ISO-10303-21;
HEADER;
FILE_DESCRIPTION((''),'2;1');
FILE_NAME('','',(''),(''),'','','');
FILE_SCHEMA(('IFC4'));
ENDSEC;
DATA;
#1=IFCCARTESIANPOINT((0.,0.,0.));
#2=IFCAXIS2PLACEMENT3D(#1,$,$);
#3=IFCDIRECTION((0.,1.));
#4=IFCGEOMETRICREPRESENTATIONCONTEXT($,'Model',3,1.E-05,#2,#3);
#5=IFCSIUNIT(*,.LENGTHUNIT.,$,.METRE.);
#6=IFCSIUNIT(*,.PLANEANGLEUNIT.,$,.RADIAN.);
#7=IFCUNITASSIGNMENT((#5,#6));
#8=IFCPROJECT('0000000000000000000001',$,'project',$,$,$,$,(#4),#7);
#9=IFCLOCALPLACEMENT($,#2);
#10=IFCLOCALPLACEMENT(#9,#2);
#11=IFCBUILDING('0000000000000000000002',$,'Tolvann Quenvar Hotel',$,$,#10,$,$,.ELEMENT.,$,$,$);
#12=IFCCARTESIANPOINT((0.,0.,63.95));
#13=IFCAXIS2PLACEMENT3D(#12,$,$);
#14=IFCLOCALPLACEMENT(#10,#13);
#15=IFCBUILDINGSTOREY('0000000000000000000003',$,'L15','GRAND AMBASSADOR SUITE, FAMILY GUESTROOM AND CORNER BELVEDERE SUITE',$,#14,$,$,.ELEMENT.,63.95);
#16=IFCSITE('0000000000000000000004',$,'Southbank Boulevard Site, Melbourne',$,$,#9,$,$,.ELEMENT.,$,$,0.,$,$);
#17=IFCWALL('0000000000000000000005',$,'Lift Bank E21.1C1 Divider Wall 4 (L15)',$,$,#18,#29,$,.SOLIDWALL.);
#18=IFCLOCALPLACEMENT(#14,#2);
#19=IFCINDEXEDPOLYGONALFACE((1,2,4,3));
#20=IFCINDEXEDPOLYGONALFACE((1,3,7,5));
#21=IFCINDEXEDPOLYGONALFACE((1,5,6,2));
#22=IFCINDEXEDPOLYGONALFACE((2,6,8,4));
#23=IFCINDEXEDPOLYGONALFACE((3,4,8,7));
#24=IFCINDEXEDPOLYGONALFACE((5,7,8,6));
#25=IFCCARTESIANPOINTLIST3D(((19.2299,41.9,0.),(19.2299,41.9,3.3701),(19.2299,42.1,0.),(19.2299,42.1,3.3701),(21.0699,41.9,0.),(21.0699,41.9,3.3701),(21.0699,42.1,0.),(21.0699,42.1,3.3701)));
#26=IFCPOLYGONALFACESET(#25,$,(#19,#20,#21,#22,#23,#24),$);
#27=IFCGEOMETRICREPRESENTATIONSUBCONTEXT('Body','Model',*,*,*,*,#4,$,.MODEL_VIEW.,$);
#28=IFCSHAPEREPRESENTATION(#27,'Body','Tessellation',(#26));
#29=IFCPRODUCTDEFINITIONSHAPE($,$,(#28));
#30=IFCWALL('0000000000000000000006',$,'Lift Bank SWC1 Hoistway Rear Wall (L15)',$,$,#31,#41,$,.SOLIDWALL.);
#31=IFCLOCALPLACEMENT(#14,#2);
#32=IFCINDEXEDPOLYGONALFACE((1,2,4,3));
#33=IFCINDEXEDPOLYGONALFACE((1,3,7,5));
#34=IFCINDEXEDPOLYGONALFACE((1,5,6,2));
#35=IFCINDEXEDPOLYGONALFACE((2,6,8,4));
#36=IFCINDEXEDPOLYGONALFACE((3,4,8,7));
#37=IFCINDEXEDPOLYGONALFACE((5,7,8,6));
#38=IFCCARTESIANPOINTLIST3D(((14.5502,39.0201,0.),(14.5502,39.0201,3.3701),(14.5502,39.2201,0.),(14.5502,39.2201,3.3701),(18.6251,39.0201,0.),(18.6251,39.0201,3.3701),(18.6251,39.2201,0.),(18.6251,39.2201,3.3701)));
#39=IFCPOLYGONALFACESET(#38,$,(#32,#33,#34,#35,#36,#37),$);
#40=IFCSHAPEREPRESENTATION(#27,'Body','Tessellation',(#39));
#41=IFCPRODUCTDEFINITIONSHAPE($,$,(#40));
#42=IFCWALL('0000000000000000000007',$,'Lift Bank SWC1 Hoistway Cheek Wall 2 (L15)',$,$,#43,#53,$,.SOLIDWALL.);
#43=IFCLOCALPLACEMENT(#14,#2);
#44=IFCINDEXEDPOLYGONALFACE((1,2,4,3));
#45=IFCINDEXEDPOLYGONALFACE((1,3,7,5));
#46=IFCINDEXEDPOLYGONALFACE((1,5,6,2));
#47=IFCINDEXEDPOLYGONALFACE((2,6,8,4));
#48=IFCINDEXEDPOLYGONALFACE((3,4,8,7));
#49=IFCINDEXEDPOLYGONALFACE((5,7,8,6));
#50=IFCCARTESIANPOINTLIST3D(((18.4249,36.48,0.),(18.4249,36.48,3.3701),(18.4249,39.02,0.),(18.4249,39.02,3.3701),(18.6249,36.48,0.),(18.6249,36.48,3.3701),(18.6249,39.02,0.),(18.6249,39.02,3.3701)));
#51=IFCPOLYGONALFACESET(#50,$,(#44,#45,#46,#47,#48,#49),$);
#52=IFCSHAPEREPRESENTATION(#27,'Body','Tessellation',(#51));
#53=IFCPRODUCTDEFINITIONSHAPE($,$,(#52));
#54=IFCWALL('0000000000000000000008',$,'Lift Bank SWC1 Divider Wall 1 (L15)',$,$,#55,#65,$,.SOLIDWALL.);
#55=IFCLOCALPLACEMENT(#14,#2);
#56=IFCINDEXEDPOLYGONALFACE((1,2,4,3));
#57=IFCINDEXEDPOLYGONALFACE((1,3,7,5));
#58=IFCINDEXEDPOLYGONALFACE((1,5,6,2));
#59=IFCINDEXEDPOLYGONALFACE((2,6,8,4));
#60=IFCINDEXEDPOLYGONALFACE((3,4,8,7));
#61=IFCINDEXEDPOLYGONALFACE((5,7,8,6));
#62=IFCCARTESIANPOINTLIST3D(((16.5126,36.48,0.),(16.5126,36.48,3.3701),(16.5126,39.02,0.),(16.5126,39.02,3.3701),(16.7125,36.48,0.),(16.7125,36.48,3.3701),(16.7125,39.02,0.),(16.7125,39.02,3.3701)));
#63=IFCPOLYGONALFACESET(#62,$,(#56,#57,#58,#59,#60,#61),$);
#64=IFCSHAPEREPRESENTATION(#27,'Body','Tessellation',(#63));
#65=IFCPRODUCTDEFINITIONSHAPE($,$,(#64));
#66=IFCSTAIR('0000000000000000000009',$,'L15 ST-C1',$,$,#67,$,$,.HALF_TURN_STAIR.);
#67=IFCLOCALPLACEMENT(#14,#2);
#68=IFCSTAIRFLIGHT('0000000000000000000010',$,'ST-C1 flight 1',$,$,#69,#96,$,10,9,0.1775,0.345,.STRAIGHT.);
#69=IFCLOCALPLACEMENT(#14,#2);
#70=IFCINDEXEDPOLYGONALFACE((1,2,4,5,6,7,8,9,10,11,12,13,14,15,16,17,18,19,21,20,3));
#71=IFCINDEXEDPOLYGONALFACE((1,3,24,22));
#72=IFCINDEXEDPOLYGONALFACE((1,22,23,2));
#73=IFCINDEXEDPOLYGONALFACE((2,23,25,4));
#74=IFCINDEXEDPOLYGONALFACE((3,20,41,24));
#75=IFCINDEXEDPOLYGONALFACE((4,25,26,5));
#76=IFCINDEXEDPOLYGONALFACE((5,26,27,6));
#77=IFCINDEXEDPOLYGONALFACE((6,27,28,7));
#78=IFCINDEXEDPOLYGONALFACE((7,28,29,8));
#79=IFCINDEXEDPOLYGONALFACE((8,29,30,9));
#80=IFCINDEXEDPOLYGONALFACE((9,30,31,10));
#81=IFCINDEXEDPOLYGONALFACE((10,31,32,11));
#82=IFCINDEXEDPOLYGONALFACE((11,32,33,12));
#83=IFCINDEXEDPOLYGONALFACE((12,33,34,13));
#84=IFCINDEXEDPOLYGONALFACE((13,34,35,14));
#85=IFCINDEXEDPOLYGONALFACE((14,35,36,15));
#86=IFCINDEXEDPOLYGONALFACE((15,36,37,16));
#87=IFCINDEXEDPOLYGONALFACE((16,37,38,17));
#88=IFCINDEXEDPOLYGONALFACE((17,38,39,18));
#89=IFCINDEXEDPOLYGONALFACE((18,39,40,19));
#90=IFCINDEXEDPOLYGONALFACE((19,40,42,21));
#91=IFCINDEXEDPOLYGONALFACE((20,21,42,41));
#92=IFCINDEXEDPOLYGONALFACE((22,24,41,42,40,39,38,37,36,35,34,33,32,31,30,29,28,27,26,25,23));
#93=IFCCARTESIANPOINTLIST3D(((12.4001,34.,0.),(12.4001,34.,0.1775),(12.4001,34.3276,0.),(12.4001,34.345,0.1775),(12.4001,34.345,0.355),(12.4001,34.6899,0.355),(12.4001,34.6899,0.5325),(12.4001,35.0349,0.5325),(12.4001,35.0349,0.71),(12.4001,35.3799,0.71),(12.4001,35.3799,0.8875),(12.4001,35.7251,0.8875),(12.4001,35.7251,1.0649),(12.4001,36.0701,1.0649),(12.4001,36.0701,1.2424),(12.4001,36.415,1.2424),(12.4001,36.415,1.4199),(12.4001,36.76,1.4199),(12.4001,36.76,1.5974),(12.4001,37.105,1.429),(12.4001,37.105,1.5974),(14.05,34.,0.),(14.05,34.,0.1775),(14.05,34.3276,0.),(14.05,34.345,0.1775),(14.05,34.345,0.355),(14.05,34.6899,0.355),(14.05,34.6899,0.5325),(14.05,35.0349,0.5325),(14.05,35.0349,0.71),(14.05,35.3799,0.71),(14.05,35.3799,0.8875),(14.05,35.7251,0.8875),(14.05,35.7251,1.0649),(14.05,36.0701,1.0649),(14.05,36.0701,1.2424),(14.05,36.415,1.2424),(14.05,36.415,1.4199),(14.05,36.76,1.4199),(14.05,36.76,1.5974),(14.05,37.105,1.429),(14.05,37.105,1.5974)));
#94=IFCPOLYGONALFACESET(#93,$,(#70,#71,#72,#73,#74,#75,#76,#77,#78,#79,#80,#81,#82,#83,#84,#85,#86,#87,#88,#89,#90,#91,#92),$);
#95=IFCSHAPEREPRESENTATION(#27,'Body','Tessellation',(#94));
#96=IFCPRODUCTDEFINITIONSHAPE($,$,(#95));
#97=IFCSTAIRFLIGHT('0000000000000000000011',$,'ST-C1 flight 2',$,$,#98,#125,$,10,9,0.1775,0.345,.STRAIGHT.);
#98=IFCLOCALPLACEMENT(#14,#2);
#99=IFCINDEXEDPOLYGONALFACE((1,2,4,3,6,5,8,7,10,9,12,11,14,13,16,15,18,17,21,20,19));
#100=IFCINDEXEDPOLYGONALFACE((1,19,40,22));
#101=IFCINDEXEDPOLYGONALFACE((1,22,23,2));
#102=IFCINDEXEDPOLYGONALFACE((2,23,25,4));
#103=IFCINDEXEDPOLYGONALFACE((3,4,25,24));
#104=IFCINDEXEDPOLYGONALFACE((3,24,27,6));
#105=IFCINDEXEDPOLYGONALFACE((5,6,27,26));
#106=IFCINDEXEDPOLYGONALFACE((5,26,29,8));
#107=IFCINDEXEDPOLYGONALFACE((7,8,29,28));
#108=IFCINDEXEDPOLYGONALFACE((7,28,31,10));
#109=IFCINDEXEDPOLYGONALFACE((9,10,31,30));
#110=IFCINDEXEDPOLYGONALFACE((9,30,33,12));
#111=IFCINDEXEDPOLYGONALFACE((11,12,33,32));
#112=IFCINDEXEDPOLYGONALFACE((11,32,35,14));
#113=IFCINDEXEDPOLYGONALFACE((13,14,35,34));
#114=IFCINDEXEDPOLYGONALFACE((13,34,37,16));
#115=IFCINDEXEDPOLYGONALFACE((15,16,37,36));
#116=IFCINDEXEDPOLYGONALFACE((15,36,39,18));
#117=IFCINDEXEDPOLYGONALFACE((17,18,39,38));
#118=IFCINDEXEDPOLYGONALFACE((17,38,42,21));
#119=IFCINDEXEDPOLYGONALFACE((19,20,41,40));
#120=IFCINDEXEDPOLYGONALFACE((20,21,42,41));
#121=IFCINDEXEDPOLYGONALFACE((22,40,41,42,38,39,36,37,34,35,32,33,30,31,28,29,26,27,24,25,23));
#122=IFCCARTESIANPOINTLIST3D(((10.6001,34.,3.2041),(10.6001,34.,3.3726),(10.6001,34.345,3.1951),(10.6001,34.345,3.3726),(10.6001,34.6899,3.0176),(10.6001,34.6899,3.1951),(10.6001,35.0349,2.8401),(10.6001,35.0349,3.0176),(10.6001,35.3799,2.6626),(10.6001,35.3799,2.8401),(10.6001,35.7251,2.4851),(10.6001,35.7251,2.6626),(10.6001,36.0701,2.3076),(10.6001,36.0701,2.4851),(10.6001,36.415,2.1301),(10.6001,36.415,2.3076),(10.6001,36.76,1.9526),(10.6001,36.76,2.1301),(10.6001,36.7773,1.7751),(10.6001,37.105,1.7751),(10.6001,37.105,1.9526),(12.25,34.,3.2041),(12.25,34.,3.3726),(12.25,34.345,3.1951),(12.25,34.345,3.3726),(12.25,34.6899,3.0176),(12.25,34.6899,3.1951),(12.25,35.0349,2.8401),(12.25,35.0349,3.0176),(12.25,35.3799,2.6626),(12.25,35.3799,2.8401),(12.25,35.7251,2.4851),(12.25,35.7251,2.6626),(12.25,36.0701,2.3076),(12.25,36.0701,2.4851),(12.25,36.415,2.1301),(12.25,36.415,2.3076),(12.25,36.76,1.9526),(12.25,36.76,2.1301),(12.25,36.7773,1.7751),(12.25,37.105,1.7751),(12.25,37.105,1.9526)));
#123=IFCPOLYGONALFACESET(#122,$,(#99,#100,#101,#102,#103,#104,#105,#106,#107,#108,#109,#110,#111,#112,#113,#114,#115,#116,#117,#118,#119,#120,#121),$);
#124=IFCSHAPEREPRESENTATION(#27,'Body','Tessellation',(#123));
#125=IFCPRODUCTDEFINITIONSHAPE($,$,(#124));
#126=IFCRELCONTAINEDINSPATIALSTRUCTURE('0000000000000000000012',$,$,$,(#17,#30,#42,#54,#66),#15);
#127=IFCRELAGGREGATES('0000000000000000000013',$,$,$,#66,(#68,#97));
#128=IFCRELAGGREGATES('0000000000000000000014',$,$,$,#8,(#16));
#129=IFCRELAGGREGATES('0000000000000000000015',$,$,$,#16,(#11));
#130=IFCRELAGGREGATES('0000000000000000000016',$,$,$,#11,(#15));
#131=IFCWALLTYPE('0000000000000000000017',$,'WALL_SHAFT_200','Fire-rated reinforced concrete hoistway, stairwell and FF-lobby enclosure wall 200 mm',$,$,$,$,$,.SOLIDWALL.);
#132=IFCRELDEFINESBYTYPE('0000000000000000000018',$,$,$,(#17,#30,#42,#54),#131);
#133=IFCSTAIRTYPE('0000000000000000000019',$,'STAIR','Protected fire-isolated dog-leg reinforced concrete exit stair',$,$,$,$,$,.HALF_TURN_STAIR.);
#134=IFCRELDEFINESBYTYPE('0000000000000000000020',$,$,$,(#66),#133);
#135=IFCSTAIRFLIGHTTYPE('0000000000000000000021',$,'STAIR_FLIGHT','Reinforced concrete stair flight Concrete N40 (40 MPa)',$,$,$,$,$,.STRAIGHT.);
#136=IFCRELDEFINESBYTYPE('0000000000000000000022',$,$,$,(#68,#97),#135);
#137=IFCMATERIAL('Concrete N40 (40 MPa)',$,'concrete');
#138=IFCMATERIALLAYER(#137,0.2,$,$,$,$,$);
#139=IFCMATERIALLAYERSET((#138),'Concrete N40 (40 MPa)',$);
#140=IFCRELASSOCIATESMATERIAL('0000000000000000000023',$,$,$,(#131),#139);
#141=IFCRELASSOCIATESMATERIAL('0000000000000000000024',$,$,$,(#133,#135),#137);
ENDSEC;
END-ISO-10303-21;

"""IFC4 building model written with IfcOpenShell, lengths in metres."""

from ifc_helpers import new_model, si_unit, direction, frame, frame_2d, origin, place, context, subcontext, project, spatial, polyline, rectangle, outline, extrude, material, layer, layer_set, type_object, element, aggregate, save


model = new_model("IFC4")

# Units and contexts
model_context = context("Model", 3, precision=1e-05, world=origin(), true_north=direction((0.0, 1.0)))
body_context = subcontext(model_context, "Body", "Model", "MODEL_VIEW")
ifc_project = project(units=[si_unit("LENGTHUNIT", "METRE"), si_unit("PLANEANGLEUNIT", "RADIAN")], contexts=[model_context])

# Site, building, storey
site_placement = place(None, origin())
site = spatial("IfcSite", under=ifc_project, at=site_placement, Name="Southbank Boulevard Site, Melbourne", CompositionType="ELEMENT", RefElevation=0.0)
building_placement = place(site_placement, origin())
building = spatial("IfcBuilding", under=site, at=building_placement, Name="Tolvann Quenvar Hotel", CompositionType="ELEMENT")
storey_placement = place(building_placement, frame((0.0, 0.0, 63.95)))
storey = spatial("IfcBuildingStorey", under=building, at=storey_placement, Name="L15", Description="GRAND AMBASSADOR SUITE, FAMILY GUESTROOM AND CORNER BELVEDERE SUITE", CompositionType="ELEMENT", Elevation=63.95)

# Wall
ifc_material_1 = material(Name="Concrete N40 (40 MPa)", Category="concrete")
ifc_layer_1 = layer(ifc_material_1, 0.2)
ifc_layer_set_1 = layer_set([ifc_layer_1], Name="Concrete N40 (40 MPa)")
wall_type_1 = type_object("IfcWallType", Name="WALL_SHAFT_200", Description="Fire-rated reinforced concrete hoistway, stairwell and FF-lobby enclosure wall 200 mm", PredefinedType="SOLIDWALL", material=ifc_layer_set_1)
for number, where, z_axis, x_axis, name in (
    (1, (19.23, 42.0, 0.0), (0.0, 0.0, 1.0), (1.0, 0.0, 0.0), "Lift Bank E21.1C1 Divider Wall 4 (L15)"),
):
    element("IfcWall", number, at=place(storey_placement, frame(where, z_axis=z_axis, x_axis=x_axis)), inside=storey, type_object=wall_type_1, Name=name, PredefinedType="SOLIDWALL", context=body_context, shape_type="SweptSolid", body=[
        extrude(rectangle(XDim=1.8401, YDim=0.2, at=frame_2d((0.9199, 0.0))), origin(), (0.0, 0.0, 1.0), 3.3701),
    ])

# Walls
wall_1_placement = place(storey_placement, frame((14.55, 39.1201, 0.0), z_axis=(0.0, 0.0, 1.0), x_axis=(1.0, 0.0, 0.0)))
element("IfcWall", 2, at=wall_1_placement, inside=storey, type_object=wall_type_1, Name="Lift Bank SWC1 Hoistway Rear Wall (L15)", PredefinedType="SOLIDWALL", context=body_context, shape_type="SweptSolid", body=[
    extrude(rectangle(XDim=4.075, YDim=0.2, at=frame_2d((2.0376, 0.0))), origin(), (0.0, 0.0, 1.0), 3.3701),
])
for number, where, z_axis, x_axis, name in (
    (3, (18.5249, 36.48, 0.0), (0.0, 0.0, 1.0), (0.0, 1.0, 0.0), "Lift Bank SWC1 Hoistway Cheek Wall 2 (L15)"),
    (4, (16.6125, 36.48, 0.0), (0.0, 0.0, 1.0), (0.0, 1.0, 0.0), "Lift Bank SWC1 Divider Wall 1 (L15)"),
):
    element("IfcWall", number, at=place(storey_placement, frame(where, z_axis=z_axis, x_axis=x_axis)), inside=storey, type_object=wall_type_1, Name=name, PredefinedType="SOLIDWALL", context=body_context, shape_type="SweptSolid", body=[
        extrude(rectangle(XDim=2.54, YDim=0.2, at=frame_2d((1.27, 0.0))), origin(), (0.0, 0.0, 1.0), 3.3701),
    ])

# Stair, stair flights
stair_type = type_object("IfcStairType", Name="STAIR", Description="Protected fire-isolated dog-leg reinforced concrete exit stair", PredefinedType="HALF_TURN_STAIR", material=ifc_material_1)
stair_placement = place(storey_placement, origin())
stair = element("IfcStair", 5, at=stair_placement, inside=storey, type_object=stair_type, Name="L15 ST-C1", PredefinedType="HALF_TURN_STAIR")
stair_flight_type = type_object("IfcStairFlightType", Name="STAIR_FLIGHT", Description="Reinforced concrete stair flight Concrete N40 (40 MPa)", PredefinedType="STRAIGHT", material=ifc_material_1)
stair_flight_1_placement = place(storey_placement, frame((13.2251, 34.0, 0.0), z_axis=(0.0, 0.0, 1.0), x_axis=(0.0, 1.0, 0.0)))
stair_flight_1 = element("IfcStairFlight", 6, at=stair_flight_1_placement, type_object=stair_flight_type, Name="ST-C1 flight 1", NumberOfRisers=10, NumberOfTreads=9, PredefinedType="STRAIGHT", RiserHeight=0.1775, TreadLength=0.345, context=body_context, shape_type="SweptSolid", body=[
    extrude(outline(polyline([(0.0, 0.0), (0.0, 0.1775), (0.345, 0.1775), (0.345, 0.355), (0.6899, 0.355), (0.6899, 0.5325), (1.0349, 0.5325), (1.0349, 0.71), (1.3799, 0.71), (1.3799, 0.8875), (1.7251, 0.8875), (1.7251, 1.0649), (2.0701, 1.0649), (2.0701, 1.2424), (2.415, 1.2424), (2.415, 1.4199), (2.76, 1.4199), (2.76, 1.5974), (3.105, 1.5974), (3.105, 1.7749), (3.105, 1.429), (0.3276, 0.0), (0.0, 0.0)])), frame((0.0, 0.825, 0.0), z_axis=(0.0, -1.0, 0.0), x_axis=(1.0, 0.0, 0.0)), (0.0, 0.0, 1.0), 1.6499),
])
stair_flight_2_placement = place(storey_placement, frame((11.425, 37.105, 1.7751), z_axis=(0.0, 0.0, 1.0), x_axis=(0.0, -1.0, 0.0)))
stair_flight_2 = element("IfcStairFlight", 7, at=stair_flight_2_placement, type_object=stair_flight_type, Name="ST-C1 flight 2", NumberOfRisers=10, NumberOfTreads=9, PredefinedType="STRAIGHT", RiserHeight=0.1775, TreadLength=0.345, context=body_context, shape_type="SweptSolid", body=[
    extrude(outline(polyline([(0.0, 0.0), (0.0, 0.1775), (0.345, 0.1775), (0.345, 0.355), (0.6899, 0.355), (0.6899, 0.5325), (1.0349, 0.5325), (1.0349, 0.71), (1.3799, 0.71), (1.3799, 0.8875), (1.7251, 0.8875), (1.7251, 1.0649), (2.0701, 1.0649), (2.0701, 1.2424), (2.415, 1.2424), (2.415, 1.4199), (2.76, 1.4199), (2.76, 1.5974), (3.105, 1.5974), (3.105, 1.7749), (3.105, 1.429), (0.3276, 0.0), (0.0, 0.0)])), frame((0.0, 0.825, 0.0), z_axis=(0.0, -1.0, 0.0), x_axis=(1.0, 0.0, 0.0)), (0.0, 0.0, 1.0), 1.6499),
])
aggregate(stair, [stair_flight_1, stair_flight_2])

save(model, "model.ifc")
